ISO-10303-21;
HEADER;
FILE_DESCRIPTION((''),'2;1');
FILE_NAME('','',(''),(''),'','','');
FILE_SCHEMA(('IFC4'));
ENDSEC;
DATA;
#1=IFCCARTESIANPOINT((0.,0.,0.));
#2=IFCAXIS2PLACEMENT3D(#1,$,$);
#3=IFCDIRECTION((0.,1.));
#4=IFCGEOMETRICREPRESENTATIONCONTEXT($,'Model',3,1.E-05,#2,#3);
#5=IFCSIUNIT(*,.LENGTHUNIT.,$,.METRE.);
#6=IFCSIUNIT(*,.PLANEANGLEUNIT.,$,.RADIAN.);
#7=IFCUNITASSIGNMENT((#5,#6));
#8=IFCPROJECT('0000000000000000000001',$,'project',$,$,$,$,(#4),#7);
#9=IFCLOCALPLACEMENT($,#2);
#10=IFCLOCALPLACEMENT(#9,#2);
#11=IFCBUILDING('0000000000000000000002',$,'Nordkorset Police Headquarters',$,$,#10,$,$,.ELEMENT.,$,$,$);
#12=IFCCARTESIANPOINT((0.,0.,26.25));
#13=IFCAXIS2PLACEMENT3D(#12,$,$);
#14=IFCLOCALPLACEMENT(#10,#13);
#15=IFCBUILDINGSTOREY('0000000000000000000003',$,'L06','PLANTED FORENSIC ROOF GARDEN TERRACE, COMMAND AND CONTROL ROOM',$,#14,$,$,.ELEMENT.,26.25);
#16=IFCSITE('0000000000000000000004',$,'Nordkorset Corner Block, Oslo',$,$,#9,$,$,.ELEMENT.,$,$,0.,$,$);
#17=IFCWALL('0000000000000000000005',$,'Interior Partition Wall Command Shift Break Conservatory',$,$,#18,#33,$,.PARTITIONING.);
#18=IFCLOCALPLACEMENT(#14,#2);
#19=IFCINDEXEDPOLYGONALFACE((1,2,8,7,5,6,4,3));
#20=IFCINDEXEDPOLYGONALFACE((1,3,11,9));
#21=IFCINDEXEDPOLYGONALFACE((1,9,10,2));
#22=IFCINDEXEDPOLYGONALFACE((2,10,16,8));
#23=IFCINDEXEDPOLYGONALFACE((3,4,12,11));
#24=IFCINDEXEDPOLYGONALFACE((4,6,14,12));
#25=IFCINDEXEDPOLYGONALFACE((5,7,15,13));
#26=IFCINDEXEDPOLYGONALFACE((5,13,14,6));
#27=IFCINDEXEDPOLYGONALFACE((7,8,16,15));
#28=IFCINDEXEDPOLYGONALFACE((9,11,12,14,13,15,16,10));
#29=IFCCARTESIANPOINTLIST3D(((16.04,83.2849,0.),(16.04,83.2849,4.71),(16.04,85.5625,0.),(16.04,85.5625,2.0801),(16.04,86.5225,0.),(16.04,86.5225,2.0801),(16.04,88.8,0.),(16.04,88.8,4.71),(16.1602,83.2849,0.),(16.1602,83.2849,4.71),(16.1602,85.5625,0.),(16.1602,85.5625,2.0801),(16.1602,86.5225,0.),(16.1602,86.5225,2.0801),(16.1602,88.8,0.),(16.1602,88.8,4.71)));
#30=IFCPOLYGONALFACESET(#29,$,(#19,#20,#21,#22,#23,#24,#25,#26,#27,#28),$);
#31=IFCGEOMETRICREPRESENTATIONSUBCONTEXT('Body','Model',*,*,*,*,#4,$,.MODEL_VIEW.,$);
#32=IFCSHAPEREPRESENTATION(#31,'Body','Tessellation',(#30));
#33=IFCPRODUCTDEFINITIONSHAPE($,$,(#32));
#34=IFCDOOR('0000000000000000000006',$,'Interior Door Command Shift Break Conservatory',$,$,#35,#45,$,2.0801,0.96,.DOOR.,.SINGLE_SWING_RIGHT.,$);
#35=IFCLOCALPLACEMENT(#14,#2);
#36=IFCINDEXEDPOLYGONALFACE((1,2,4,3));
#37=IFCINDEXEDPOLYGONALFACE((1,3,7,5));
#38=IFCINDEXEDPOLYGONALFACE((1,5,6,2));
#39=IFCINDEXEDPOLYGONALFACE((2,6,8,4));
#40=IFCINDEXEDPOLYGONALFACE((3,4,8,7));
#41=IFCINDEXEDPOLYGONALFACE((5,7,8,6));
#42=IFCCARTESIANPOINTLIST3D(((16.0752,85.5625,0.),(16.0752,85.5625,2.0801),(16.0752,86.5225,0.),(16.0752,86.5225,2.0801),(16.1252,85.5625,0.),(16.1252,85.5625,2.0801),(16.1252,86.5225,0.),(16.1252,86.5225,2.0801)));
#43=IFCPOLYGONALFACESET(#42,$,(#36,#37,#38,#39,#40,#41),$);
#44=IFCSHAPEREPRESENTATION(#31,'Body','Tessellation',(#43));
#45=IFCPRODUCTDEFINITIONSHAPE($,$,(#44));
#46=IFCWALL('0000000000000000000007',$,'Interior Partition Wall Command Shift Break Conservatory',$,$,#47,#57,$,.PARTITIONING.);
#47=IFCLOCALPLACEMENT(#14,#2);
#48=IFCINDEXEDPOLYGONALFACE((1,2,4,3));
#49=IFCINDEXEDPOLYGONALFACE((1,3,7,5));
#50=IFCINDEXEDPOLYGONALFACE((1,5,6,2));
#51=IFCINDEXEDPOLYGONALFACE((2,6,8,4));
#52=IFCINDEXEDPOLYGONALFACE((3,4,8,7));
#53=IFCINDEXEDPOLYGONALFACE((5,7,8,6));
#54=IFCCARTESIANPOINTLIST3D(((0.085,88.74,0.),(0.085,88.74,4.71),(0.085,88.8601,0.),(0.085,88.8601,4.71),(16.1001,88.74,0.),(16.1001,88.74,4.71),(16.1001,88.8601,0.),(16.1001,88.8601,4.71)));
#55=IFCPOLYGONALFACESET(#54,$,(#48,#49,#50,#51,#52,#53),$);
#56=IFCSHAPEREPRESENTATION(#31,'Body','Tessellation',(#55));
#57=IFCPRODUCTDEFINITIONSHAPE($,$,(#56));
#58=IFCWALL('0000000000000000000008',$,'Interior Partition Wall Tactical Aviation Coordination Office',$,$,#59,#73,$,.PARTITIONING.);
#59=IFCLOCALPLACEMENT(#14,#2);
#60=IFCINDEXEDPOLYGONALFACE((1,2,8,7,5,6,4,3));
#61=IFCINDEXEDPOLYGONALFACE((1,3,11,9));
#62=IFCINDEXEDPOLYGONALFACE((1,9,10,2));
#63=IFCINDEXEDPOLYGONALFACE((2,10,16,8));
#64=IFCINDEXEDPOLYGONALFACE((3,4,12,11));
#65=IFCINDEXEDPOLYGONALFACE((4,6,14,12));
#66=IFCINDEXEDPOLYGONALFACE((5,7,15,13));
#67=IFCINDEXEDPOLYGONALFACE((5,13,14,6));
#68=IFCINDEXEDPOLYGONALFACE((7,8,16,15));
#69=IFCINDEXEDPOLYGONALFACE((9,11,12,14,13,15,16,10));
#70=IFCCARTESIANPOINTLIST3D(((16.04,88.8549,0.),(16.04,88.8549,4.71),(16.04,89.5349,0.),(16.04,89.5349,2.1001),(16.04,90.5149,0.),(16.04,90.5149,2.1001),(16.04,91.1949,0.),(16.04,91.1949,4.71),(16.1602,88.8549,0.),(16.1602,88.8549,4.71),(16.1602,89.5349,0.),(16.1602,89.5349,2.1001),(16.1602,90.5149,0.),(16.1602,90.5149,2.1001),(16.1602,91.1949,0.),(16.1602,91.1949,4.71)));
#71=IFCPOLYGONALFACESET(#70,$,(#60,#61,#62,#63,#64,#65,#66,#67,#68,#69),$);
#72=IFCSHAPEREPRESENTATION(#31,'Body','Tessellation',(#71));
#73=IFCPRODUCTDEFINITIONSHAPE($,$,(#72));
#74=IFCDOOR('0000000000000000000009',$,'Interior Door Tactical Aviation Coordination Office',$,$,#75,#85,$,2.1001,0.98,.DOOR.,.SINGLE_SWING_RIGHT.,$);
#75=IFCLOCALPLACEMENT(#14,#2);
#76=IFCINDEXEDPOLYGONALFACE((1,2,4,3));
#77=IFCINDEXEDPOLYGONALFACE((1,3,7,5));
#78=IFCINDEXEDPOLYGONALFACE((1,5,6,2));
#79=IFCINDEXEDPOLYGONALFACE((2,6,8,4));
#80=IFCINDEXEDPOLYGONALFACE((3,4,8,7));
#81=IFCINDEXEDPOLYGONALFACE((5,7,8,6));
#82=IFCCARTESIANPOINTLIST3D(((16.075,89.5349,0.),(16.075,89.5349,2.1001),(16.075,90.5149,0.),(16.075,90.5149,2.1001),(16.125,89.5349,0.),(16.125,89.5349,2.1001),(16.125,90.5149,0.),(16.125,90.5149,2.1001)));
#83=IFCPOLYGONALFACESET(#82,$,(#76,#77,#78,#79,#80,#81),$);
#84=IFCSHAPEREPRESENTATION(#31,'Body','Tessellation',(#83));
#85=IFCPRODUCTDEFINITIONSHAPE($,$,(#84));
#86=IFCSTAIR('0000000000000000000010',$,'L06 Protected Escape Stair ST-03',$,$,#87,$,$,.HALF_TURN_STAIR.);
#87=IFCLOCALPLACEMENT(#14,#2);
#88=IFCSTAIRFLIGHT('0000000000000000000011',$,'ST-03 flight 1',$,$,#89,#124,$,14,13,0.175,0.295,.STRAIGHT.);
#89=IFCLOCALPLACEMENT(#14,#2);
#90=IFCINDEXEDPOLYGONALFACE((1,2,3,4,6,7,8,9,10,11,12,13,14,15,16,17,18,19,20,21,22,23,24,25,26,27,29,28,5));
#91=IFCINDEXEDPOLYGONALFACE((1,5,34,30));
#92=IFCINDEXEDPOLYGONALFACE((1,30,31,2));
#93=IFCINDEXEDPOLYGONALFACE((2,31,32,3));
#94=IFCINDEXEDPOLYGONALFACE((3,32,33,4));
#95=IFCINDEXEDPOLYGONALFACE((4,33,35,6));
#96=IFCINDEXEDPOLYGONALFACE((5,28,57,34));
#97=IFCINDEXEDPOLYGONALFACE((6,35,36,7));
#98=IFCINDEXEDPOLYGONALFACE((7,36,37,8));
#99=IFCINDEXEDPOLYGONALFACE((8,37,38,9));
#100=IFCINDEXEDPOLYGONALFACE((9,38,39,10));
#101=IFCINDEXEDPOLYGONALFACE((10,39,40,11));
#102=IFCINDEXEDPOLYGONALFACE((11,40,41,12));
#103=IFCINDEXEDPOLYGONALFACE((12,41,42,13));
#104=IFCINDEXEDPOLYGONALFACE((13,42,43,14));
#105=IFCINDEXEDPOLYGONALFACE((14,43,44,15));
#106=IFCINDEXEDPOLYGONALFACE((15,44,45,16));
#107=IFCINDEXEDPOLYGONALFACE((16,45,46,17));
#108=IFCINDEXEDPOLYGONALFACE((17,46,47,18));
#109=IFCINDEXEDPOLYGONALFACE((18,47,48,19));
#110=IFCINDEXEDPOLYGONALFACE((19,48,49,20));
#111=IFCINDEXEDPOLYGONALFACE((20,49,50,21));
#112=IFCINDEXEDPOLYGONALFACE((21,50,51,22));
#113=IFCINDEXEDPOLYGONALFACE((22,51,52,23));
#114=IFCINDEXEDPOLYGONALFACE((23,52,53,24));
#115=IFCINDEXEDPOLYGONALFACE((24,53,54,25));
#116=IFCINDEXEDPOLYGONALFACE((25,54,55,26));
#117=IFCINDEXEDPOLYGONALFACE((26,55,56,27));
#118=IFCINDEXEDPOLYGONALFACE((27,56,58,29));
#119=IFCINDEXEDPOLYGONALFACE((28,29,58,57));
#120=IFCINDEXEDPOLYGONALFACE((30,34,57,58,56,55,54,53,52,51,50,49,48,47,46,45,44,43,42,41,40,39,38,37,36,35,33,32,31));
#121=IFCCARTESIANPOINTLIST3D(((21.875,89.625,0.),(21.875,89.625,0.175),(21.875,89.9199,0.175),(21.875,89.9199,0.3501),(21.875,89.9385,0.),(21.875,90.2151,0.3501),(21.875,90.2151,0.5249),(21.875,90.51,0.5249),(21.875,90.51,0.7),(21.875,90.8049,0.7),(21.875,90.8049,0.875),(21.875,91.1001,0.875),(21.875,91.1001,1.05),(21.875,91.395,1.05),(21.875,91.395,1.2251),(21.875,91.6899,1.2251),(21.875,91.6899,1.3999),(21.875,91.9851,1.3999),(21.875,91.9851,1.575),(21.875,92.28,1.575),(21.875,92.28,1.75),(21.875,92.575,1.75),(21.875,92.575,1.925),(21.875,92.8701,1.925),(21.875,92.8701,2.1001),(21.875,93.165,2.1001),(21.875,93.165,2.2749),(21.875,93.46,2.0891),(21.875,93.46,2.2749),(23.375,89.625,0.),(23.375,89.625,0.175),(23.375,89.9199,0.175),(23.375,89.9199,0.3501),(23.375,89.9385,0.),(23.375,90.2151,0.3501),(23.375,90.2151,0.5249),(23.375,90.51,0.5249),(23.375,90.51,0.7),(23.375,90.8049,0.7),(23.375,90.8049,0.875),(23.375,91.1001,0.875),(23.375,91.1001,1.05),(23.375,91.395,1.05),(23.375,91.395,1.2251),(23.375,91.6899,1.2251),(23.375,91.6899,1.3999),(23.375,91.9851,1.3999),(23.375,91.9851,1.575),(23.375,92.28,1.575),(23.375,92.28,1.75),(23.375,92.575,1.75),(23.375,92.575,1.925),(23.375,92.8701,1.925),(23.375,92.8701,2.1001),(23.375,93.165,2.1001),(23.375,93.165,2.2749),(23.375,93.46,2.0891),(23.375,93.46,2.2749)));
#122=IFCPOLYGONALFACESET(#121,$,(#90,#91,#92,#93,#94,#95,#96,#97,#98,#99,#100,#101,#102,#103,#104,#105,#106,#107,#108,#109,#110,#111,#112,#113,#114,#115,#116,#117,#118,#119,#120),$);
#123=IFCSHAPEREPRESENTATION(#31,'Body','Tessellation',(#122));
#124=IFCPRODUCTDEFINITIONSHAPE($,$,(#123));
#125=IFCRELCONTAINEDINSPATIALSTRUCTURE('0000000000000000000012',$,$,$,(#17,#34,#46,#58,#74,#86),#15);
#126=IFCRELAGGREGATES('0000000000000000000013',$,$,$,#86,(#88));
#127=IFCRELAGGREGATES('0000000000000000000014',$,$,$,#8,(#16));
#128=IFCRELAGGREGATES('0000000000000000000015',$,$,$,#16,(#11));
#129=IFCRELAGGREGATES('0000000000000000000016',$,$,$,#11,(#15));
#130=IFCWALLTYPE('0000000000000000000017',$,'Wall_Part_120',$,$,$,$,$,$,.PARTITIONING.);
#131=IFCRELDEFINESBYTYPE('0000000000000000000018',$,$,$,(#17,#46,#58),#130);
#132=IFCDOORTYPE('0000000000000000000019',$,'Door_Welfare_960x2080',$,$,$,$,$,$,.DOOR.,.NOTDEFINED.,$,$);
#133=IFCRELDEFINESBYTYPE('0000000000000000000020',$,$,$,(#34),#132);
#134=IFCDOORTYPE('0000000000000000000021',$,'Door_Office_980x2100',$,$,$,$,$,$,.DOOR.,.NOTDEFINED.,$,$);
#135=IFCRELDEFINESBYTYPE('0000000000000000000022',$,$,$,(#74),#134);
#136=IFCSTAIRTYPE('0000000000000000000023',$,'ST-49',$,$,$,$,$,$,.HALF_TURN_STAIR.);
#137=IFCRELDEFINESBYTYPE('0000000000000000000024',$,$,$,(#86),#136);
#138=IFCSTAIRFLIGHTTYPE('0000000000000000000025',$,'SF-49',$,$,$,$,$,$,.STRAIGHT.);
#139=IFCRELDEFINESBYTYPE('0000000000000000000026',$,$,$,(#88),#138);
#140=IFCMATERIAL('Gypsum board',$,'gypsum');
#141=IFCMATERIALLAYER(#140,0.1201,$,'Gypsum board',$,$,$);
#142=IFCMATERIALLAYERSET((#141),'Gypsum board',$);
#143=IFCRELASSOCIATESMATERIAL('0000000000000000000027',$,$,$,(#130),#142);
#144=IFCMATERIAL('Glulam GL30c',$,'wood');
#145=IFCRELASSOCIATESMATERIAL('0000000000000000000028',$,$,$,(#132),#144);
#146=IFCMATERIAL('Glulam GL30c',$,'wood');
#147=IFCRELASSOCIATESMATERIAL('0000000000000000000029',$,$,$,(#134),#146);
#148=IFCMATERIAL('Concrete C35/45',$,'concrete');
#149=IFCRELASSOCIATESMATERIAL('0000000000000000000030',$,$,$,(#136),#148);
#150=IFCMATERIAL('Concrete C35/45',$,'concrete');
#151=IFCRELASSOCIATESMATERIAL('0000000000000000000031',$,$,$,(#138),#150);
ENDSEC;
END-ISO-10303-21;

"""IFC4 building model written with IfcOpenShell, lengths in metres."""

from ifc_helpers import new_model, si_unit, direction, frame, frame_2d, origin, place, context, subcontext, project, spatial, polyline, rectangle, outline, extrude, material, layer, layer_set, type_object, element, fill, aggregate, save


model = new_model("IFC4")

# Units and contexts
model_context = context("Model", 3, precision=1e-05, world=origin(), true_north=direction((0.0, 1.0)))
body_context = subcontext(model_context, "Body", "Model", "MODEL_VIEW")
ifc_project = project(units=[si_unit("LENGTHUNIT", "METRE"), si_unit("PLANEANGLEUNIT", "RADIAN")], contexts=[model_context])

# Site, building, storey
site_placement = place(None, origin())
site = spatial("IfcSite", under=ifc_project, at=site_placement, Name="Nordkorset Corner Block, Oslo", CompositionType="ELEMENT", RefElevation=0.0)
building_placement = place(site_placement, origin())
building = spatial("IfcBuilding", under=site, at=building_placement, Name="Nordkorset Police Headquarters", CompositionType="ELEMENT")
storey_placement = place(building_placement, frame((0.0, 0.0, 26.25)))
storey = spatial("IfcBuildingStorey", under=building, at=storey_placement, Name="L06", Description="PLANTED FORENSIC ROOF GARDEN TERRACE, COMMAND AND CONTROL ROOM", CompositionType="ELEMENT", Elevation=26.25)

# Wall, opening, door
ifc_material_1 = material(Name="Gypsum board", Category="gypsum")
ifc_layer_1 = layer(ifc_material_1, 0.1201, Name="Gypsum board")
ifc_layer_set_1 = layer_set([ifc_layer_1], Name="Gypsum board")
wall_type_1 = type_object("IfcWallType", Name="Wall_Part_120", PredefinedType="PARTITIONING", material=ifc_layer_set_1)
wall_1_placement = place(storey_placement, frame((16.1001, 83.2849, 0.0), z_axis=(0.0, 0.0, 1.0), x_axis=(0.0, 1.0, 0.0)))
wall_1 = element("IfcWall", 1, at=wall_1_placement, inside=storey, type_object=wall_type_1, Name="Interior Partition Wall Command Shift Break Conservatory", PredefinedType="PARTITIONING", context=body_context, shape_type="SweptSolid", body=[
    extrude(rectangle(XDim=5.5151, YDim=0.1201, at=frame_2d((2.7576, 0.0))), origin(), (0.0, 0.0, 1.0), 4.71),
])
opening_1_placement = place(wall_1_placement, frame((2.2776, 0.0, 0.0)))
opening_1 = element("IfcOpeningElement", 2, at=opening_1_placement, cuts=wall_1, PredefinedType="OPENING", context=body_context, shape_type="SweptSolid", body=[
    extrude(rectangle(XDim=0.96, YDim=2.0801, at=frame_2d((0.48, 1.04))), frame((0.0, 0.0701, 0.0), z_axis=(0.0, -1.0, 0.0), x_axis=(1.0, 0.0, 0.0)), (0.0, 0.0, 1.0), 0.1401),
])
ifc_material_2 = material(Name="Glulam GL30c", Category="wood")
door_type_1 = type_object("IfcDoorType", Name="Door_Welfare_960x2080", OperationType="NOTDEFINED", PredefinedType="DOOR", material=ifc_material_2)
door_1_placement = place(opening_1_placement, origin())
door_1 = element("IfcDoor", 3, at=door_1_placement, inside=storey, type_object=door_type_1, Name="Interior Door Command Shift Break Conservatory", OperationType="SINGLE_SWING_RIGHT", OverallHeight=2.0801, OverallWidth=0.96, PredefinedType="DOOR", context=body_context, shape_type="SweptSolid", body=[
    extrude(rectangle(XDim=0.96, YDim=2.0801, at=frame_2d((0.48, 1.04))), frame((0.0, 0.0249, 0.0), z_axis=(0.0, -1.0, 0.0), x_axis=(1.0, 0.0, 0.0)), (0.0, 0.0, 1.0), 0.05),
])
fill(opening_1, door_1)

# Wall
wall_2_placement = place(storey_placement, frame((16.1001, 88.8, 0.0), z_axis=(0.0, 0.0, 1.0), x_axis=(-1.0, 0.0, 0.0)))
element("IfcWall", 4, at=wall_2_placement, inside=storey, type_object=wall_type_1, Name="Interior Partition Wall Command Shift Break Conservatory", PredefinedType="PARTITIONING", context=body_context, shape_type="SweptSolid", body=[
    extrude(rectangle(XDim=16.0151, YDim=0.1201, at=frame_2d((8.0076, 0.0))), origin(), (0.0, 0.0, 1.0), 4.71),
])

# Wall, opening, door
wall_3_placement = place(storey_placement, frame((16.1001, 88.855, 0.0), z_axis=(0.0, 0.0, 1.0), x_axis=(0.0, 1.0, 0.0)))
wall_3 = element("IfcWall", 5, at=wall_3_placement, inside=storey, type_object=wall_type_1, Name="Interior Partition Wall Tactical Aviation Coordination Office", PredefinedType="PARTITIONING", context=body_context, shape_type="SweptSolid", body=[
    extrude(rectangle(XDim=2.3401, YDim=0.1201, at=frame_2d((1.1699, 0.0))), origin(), (0.0, 0.0, 1.0), 4.71),
])
opening_2_placement = place(wall_3_placement, frame((0.6799, 0.0, 0.0)))
opening_2 = element("IfcOpeningElement", 6, at=opening_2_placement, cuts=wall_3, PredefinedType="OPENING", context=body_context, shape_type="SweptSolid", body=[
    extrude(rectangle(XDim=0.98, YDim=2.1001, at=frame_2d((0.49, 1.05))), frame((0.0, 0.0701, 0.0), z_axis=(0.0, -1.0, 0.0), x_axis=(1.0, 0.0, 0.0)), (0.0, 0.0, 1.0), 0.1401),
])
ifc_material_3 = material(Name="Glulam GL30c", Category="wood")
door_type_2 = type_object("IfcDoorType", Name="Door_Office_980x2100", OperationType="NOTDEFINED", PredefinedType="DOOR", material=ifc_material_3)
door_2_placement = place(opening_2_placement, frame((0.98, 0.0, 0.0), z_axis=(0.0, 0.0, 1.0), x_axis=(-1.0, 0.0, 0.0)))
door_2 = element("IfcDoor", 7, at=door_2_placement, inside=storey, type_object=door_type_2, Name="Interior Door Tactical Aviation Coordination Office", OperationType="SINGLE_SWING_RIGHT", OverallHeight=2.1001, OverallWidth=0.98, PredefinedType="DOOR", context=body_context, shape_type="SweptSolid", body=[
    extrude(rectangle(XDim=0.98, YDim=2.1001, at=frame_2d((0.49, 1.05))), frame((0.0, 0.0249, 0.0), z_axis=(0.0, -1.0, 0.0), x_axis=(1.0, 0.0, 0.0)), (0.0, 0.0, 1.0), 0.05),
])
fill(opening_2, door_2)

# Stair, stair flight
ifc_material_4 = material(Name="Concrete C35/45", Category="concrete")
stair_type = type_object("IfcStairType", Name="ST-49", PredefinedType="HALF_TURN_STAIR", material=ifc_material_4)
stair_placement = place(storey_placement, origin())
stair = element("IfcStair", 8, at=stair_placement, inside=storey, type_object=stair_type, Name="L06 Protected Escape Stair ST-03", PredefinedType="HALF_TURN_STAIR")
ifc_material_5 = material(Name="Concrete C35/45", Category="concrete")
stair_flight_type = type_object("IfcStairFlightType", Name="SF-49", PredefinedType="STRAIGHT", material=ifc_material_5)
stair_flight_placement = place(storey_placement, frame((22.625, 89.625, 0.0), z_axis=(0.0, 0.0, 1.0), x_axis=(0.0, 1.0, 0.0)))
stair_flight = element("IfcStairFlight", 9, at=stair_flight_placement, type_object=stair_flight_type, Name="ST-03 flight 1", NumberOfRisers=14, NumberOfTreads=13, PredefinedType="STRAIGHT", RiserHeight=0.175, TreadLength=0.295, context=body_context, shape_type="SweptSolid", body=[
    extrude(outline(polyline([(0.0, 0.0), (0.0, 0.175), (0.2949, 0.175), (0.2949, 0.3501), (0.5901, 0.3501), (0.5901, 0.5249), (0.885, 0.5249), (0.885, 0.7), (1.1799, 0.7), (1.1799, 0.875), (1.4751, 0.875), (1.4751, 1.05), (1.77, 1.05), (1.77, 1.2251), (2.0649, 1.2251), (2.0649, 1.3999), (2.3601, 1.3999), (2.3601, 1.575), (2.655, 1.575), (2.655, 1.75), (2.95, 1.75), (2.95, 1.925), (3.2451, 1.925), (3.2451, 2.1001), (3.54, 2.1001), (3.54, 2.2749), (3.835, 2.2749), (3.835, 2.45), (3.835, 2.0891), (0.3135, 0.0), (0.0, 0.0)])), frame((0.0, 0.75, 0.0), z_axis=(0.0, -1.0, 0.0), x_axis=(1.0, 0.0, 0.0)), (0.0, 0.0, 1.0), 1.5),
])
aggregate(stair, [stair_flight])

save(model, "model.ifc")
